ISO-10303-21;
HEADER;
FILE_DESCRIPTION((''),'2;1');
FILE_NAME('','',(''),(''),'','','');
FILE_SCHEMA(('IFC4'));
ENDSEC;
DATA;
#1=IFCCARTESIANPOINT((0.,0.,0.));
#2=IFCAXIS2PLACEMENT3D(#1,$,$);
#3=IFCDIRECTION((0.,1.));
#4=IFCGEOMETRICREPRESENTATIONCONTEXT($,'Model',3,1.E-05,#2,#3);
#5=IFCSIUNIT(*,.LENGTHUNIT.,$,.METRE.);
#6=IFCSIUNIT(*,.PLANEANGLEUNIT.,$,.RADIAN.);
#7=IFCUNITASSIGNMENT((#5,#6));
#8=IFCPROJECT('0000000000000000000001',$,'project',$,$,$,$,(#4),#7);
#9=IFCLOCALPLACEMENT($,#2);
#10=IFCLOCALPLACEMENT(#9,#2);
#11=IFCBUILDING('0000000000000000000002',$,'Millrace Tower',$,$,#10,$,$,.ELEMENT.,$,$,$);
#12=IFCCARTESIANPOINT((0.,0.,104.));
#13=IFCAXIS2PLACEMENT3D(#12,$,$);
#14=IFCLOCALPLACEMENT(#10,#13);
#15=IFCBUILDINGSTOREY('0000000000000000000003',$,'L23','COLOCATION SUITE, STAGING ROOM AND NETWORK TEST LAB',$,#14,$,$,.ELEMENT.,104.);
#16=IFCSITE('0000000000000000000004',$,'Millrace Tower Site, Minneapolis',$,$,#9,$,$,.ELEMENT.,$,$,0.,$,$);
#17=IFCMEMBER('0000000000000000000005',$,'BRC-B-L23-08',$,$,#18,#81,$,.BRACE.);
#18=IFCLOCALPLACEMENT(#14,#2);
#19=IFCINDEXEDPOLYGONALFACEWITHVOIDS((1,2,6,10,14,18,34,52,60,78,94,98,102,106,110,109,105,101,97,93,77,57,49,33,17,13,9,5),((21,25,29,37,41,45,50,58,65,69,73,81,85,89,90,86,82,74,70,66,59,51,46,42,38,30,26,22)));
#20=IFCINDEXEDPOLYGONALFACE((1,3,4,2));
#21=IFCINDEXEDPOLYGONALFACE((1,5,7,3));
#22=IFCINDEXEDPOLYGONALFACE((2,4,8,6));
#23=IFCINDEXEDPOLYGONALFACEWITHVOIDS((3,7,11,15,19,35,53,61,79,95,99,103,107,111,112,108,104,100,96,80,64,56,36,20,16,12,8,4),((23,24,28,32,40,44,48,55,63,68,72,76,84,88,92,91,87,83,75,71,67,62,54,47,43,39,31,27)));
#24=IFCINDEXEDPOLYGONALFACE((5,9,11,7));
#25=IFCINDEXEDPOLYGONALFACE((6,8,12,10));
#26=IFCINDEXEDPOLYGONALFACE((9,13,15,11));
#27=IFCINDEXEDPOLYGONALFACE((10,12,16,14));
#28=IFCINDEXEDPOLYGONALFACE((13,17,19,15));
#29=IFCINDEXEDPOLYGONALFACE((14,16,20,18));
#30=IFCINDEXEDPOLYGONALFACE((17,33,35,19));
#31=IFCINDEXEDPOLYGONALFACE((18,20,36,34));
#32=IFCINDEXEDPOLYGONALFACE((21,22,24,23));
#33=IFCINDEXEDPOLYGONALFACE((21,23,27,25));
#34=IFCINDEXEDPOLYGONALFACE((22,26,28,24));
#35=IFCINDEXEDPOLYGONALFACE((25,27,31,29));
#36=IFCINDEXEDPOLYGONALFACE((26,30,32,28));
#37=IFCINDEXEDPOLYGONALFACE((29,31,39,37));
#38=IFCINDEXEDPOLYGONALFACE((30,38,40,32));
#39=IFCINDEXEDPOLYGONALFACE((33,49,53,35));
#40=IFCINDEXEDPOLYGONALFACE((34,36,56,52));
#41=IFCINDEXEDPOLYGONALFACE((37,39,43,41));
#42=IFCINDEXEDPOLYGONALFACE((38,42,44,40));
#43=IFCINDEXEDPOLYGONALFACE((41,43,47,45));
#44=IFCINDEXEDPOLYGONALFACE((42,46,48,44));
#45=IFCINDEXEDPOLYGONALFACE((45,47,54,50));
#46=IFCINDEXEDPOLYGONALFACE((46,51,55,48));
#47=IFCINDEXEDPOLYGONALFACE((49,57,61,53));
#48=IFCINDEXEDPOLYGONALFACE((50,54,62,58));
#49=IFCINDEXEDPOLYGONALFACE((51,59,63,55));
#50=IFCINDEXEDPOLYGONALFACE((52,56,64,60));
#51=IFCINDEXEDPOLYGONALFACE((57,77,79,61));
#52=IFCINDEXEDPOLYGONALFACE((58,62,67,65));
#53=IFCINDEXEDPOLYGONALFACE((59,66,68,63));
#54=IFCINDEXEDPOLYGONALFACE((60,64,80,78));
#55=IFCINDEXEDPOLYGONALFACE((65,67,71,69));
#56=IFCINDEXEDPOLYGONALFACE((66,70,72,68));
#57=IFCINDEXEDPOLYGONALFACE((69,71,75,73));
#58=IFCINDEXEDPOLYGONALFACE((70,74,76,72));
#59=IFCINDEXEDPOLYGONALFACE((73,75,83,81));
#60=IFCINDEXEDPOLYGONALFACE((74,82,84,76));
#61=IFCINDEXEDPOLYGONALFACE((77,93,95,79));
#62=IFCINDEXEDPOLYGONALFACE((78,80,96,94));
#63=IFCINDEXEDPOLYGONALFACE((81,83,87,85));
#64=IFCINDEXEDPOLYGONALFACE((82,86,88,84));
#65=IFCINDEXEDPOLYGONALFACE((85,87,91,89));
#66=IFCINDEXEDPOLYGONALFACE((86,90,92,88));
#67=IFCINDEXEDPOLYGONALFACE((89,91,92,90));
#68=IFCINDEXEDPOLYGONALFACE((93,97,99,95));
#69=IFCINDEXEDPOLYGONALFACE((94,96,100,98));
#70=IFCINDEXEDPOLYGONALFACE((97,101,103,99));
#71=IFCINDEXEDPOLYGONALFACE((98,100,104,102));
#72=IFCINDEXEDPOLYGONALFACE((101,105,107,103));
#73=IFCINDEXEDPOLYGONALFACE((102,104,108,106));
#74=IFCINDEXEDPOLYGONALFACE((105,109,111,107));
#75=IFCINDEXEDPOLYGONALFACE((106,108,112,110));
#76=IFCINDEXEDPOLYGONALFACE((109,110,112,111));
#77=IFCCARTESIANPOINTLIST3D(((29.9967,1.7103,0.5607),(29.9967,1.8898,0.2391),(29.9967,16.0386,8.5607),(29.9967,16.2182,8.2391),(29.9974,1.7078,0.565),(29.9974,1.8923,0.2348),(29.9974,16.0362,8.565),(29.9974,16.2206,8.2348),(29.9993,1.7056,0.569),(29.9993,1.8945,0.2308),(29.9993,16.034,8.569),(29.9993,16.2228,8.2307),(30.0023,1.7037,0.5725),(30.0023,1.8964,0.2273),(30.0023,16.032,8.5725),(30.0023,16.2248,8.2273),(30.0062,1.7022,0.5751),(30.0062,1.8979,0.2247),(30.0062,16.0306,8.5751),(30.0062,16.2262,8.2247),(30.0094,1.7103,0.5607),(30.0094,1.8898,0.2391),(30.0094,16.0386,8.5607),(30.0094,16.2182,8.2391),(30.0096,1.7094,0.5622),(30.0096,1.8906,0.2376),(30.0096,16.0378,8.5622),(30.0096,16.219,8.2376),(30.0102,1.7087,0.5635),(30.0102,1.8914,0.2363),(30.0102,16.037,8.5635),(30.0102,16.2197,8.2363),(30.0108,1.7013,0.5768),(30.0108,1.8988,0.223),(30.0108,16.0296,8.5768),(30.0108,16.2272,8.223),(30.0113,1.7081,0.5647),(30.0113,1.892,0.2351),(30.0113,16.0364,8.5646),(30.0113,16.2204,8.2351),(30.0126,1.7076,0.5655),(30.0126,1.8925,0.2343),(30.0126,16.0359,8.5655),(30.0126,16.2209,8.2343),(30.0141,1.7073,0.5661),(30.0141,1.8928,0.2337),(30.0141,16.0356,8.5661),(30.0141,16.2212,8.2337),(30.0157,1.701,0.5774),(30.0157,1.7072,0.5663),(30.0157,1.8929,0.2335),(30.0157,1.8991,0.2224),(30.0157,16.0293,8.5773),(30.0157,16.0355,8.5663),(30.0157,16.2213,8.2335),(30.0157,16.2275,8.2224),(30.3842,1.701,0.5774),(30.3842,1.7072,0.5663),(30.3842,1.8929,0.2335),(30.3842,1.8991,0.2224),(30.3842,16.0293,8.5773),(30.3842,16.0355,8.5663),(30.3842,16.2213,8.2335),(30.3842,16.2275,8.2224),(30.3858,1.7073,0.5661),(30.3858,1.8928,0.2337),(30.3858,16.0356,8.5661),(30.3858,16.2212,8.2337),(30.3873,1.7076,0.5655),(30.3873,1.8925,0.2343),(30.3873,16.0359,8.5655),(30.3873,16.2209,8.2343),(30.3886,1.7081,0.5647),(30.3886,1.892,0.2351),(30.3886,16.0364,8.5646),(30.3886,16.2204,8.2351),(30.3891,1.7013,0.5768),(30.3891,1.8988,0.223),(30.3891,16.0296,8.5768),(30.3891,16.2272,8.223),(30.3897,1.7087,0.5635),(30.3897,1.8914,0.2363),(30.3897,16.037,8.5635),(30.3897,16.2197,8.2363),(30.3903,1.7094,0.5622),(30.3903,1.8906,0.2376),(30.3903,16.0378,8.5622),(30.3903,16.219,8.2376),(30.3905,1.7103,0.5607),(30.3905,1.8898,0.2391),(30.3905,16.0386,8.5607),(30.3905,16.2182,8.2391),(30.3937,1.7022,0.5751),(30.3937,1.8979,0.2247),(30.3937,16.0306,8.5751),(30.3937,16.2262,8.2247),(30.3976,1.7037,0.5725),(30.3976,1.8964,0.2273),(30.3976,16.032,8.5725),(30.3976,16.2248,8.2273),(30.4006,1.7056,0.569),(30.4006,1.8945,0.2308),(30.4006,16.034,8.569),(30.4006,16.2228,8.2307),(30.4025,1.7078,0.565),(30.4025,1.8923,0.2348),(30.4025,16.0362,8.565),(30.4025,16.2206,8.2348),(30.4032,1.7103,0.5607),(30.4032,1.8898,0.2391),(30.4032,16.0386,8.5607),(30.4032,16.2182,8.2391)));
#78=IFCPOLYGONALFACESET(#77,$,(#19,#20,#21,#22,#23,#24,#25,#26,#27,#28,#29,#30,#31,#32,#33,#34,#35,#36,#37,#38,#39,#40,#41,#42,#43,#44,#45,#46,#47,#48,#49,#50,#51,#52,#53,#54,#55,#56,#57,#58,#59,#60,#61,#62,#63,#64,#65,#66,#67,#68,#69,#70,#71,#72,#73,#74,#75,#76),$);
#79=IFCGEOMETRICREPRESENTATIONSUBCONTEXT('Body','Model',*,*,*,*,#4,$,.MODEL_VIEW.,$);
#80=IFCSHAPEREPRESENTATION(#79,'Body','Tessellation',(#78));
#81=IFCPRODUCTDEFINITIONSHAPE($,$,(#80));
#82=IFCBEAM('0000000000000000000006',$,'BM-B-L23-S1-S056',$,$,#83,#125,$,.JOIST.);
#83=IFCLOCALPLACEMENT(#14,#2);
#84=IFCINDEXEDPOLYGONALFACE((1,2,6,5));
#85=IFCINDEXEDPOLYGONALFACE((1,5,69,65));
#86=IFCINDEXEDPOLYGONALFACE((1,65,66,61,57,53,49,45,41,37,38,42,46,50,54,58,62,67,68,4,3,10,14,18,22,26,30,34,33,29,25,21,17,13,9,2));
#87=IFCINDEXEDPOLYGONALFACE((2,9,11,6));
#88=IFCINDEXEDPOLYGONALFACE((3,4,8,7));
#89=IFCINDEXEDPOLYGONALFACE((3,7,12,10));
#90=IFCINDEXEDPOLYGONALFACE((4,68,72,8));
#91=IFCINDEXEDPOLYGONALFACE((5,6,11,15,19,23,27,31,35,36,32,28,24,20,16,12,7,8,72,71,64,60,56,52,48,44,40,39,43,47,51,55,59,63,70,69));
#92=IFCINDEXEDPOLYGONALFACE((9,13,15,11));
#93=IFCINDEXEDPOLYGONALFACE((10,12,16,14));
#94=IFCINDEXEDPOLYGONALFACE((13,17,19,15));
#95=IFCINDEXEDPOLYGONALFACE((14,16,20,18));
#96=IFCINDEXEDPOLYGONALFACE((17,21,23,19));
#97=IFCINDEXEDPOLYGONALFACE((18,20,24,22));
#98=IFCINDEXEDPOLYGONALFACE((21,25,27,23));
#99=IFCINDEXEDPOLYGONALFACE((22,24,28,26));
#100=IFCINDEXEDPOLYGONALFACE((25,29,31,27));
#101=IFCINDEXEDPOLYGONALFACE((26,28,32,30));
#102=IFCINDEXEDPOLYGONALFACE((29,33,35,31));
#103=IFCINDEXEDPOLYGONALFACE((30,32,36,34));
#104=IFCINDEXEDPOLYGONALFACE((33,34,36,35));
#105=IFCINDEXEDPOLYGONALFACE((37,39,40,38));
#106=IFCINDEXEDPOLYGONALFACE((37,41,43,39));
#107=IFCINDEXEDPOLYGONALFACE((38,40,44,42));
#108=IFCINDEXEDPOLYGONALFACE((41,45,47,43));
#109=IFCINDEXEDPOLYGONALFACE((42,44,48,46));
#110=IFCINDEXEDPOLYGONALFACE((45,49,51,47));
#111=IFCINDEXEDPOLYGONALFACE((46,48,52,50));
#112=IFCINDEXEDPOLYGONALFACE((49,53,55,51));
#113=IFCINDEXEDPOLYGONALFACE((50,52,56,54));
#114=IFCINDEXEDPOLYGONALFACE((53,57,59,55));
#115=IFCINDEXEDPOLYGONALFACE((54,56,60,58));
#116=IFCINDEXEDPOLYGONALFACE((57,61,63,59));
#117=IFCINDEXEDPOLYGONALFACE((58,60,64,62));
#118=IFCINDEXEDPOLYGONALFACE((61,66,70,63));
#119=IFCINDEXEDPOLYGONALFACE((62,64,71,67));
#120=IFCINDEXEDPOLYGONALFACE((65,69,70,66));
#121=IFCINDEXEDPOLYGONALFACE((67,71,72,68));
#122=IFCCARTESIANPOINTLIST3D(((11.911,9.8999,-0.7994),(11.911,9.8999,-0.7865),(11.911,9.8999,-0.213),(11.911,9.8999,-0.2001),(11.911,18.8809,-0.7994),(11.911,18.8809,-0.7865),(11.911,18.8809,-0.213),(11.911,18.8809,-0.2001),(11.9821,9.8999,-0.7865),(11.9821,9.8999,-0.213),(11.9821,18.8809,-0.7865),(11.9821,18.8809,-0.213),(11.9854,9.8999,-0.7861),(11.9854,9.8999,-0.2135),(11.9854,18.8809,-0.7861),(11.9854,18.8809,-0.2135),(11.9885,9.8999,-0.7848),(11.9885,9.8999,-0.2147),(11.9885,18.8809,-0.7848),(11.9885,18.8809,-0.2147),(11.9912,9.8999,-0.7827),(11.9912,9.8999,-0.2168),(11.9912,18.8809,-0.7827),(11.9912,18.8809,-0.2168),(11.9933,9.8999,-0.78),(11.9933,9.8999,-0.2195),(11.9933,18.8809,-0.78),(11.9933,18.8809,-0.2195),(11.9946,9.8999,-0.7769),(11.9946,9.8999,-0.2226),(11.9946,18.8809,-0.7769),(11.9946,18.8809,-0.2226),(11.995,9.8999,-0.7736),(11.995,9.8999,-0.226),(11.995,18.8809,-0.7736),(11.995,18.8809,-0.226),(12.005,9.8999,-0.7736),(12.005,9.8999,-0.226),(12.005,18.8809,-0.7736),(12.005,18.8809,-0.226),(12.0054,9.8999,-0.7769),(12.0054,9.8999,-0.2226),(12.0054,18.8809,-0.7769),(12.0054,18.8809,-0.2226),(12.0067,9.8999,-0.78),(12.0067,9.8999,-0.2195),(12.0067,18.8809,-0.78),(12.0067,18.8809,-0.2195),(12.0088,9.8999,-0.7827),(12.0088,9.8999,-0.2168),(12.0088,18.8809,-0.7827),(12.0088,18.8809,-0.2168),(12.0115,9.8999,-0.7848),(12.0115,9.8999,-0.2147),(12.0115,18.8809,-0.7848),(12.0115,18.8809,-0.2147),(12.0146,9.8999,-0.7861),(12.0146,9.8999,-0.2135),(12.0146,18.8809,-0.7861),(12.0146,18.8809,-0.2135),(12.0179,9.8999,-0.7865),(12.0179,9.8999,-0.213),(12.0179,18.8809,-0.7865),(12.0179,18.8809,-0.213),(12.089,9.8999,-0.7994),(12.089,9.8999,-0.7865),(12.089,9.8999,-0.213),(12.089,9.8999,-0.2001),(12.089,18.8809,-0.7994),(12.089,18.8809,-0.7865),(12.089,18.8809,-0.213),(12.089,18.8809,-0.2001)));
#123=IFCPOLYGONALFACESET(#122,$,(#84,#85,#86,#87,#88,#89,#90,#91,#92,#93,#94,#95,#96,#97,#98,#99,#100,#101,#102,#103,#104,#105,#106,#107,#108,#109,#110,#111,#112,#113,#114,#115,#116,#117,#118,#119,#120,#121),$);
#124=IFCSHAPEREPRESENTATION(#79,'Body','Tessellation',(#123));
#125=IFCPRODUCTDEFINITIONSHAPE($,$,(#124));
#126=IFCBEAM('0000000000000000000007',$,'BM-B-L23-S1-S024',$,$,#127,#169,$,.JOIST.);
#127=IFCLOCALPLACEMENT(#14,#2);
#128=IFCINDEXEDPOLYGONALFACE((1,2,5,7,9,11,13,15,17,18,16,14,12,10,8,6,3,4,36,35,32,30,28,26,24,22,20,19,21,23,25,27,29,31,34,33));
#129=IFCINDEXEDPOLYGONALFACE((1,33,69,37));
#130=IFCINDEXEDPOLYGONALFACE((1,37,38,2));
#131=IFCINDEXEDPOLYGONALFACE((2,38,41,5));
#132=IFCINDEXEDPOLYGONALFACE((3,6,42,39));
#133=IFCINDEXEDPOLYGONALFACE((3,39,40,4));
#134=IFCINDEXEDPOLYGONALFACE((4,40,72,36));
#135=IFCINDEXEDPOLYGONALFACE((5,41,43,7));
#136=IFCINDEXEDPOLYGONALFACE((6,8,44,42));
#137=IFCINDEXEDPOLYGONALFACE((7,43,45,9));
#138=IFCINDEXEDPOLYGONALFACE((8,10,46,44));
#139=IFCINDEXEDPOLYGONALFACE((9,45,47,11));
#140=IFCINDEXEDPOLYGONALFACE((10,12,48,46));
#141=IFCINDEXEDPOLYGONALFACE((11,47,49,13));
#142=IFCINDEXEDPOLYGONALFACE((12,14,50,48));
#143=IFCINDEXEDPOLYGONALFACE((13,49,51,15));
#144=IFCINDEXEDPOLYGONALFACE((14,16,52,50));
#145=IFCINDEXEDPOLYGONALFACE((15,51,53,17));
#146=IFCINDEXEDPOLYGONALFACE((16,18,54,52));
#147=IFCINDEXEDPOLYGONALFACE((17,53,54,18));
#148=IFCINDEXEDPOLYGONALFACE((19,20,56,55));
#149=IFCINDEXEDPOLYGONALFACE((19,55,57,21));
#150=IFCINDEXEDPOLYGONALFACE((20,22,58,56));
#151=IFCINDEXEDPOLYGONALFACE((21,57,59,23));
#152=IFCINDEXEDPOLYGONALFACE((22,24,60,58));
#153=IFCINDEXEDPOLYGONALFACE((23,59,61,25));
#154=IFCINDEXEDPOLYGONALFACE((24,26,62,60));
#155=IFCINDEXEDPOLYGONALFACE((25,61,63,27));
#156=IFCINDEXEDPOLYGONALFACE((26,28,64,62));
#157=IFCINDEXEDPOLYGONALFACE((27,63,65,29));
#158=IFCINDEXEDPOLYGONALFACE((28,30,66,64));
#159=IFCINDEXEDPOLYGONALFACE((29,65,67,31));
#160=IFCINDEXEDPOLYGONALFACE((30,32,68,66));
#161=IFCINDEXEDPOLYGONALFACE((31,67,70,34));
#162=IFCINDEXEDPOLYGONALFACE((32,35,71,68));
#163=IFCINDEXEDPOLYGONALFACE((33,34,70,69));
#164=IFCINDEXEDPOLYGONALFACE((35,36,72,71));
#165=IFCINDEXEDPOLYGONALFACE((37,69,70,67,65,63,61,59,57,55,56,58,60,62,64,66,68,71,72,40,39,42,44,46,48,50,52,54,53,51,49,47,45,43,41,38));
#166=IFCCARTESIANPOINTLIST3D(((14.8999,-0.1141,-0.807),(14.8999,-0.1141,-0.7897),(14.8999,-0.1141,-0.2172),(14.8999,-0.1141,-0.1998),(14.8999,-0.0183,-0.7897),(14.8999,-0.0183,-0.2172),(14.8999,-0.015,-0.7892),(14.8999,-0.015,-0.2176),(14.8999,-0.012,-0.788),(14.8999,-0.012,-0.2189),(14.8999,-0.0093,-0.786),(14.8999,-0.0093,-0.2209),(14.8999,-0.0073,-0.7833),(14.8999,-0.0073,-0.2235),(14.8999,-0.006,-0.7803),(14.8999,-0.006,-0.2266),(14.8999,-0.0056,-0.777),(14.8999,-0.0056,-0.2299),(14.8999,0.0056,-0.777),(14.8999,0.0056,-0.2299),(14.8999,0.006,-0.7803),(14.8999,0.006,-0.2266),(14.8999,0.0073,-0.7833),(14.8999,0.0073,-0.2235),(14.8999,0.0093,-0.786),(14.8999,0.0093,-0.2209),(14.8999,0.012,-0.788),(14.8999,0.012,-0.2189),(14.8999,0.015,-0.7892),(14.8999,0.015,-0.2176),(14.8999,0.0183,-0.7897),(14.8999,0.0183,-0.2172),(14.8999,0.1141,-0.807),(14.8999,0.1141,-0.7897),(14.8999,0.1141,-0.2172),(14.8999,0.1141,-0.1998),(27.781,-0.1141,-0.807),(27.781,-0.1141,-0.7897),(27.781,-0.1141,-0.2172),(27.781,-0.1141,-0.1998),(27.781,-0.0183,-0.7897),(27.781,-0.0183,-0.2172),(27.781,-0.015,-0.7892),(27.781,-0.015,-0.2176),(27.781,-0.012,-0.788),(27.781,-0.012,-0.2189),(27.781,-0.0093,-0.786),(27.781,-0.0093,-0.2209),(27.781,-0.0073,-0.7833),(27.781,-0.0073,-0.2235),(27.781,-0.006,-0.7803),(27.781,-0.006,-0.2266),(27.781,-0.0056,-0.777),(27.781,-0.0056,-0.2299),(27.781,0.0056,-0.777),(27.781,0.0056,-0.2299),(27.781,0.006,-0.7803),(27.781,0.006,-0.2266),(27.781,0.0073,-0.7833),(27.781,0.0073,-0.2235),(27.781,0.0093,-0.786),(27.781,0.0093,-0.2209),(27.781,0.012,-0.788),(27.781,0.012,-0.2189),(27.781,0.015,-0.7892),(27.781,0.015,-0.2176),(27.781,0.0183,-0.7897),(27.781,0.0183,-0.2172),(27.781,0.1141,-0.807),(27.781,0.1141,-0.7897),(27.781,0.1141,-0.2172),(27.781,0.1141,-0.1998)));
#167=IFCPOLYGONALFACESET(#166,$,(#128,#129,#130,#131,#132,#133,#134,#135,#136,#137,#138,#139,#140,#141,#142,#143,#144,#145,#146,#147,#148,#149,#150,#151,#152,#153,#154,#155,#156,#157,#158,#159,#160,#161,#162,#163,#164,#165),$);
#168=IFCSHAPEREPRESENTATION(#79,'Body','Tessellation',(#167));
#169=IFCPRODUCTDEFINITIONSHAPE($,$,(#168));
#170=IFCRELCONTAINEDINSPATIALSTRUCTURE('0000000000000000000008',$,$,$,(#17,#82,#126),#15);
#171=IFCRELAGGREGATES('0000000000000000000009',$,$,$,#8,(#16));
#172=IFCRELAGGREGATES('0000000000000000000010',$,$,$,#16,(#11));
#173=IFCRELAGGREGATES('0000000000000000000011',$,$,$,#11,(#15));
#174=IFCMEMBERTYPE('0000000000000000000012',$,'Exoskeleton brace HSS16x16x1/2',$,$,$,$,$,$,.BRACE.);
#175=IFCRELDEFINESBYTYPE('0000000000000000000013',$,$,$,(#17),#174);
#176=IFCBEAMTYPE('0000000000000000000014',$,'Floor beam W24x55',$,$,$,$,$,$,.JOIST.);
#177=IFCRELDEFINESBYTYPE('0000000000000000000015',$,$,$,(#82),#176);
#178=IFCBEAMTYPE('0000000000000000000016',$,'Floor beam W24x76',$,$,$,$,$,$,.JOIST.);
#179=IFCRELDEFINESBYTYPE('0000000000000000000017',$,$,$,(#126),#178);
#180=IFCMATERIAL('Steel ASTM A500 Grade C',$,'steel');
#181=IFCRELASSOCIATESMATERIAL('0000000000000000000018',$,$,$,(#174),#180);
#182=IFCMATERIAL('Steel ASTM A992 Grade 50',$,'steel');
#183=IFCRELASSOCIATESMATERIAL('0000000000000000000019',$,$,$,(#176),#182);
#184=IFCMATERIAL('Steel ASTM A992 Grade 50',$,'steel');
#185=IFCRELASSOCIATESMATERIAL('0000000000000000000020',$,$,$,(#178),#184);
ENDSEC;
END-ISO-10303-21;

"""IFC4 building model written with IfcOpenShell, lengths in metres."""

from ifc_helpers import new_model, si_unit, direction, frame, origin, origin_2d, place, context, subcontext, project, spatial, hollow_rectangle, i_section, extrude, material, material_profile, profile_set, type_object, element, save


model = new_model("IFC4")

# Units and contexts
model_context = context("Model", 3, precision=1e-05, world=origin(), true_north=direction((0.0, 1.0)))
body_context = subcontext(model_context, "Body", "Model", "MODEL_VIEW")
ifc_project = project(units=[si_unit("LENGTHUNIT", "METRE"), si_unit("PLANEANGLEUNIT", "RADIAN")], contexts=[model_context])

# Site, building, storey
site_placement = place(None, origin())
site = spatial("IfcSite", under=ifc_project, at=site_placement, Name="Millrace Tower Site, Minneapolis", CompositionType="ELEMENT", RefElevation=0.0)
building_placement = place(site_placement, origin())
building = spatial("IfcBuilding", under=site, at=building_placement, Name="Millrace Tower", CompositionType="ELEMENT")
storey_placement = place(building_placement, frame((0.0, 0.0, 104.0)))
storey = spatial("IfcBuildingStorey", under=building, at=storey_placement, Name="L23", Description="COLOCATION SUITE, STAGING ROOM AND NETWORK TEST LAB", CompositionType="ELEMENT", Elevation=104.0)

# Member
ifc_material_1 = material(Name="Steel ASTM A500 Grade C", Category="steel")
ifc_material_profile_1 = material_profile(ifc_material_1, hollow_rectangle(XDim=0.4065, YDim=0.4065, WallThickness=0.0127, InnerFilletRadius=0.0063, OuterFilletRadius=0.019, at=origin_2d()))
ifc_profile_set_1 = profile_set([ifc_material_profile_1], Name="Steel ASTM A500 Grade C")
member_type_1 = type_object("IfcMemberType", Name="Exoskeleton brace HSS16x16x1/2", PredefinedType="BRACE", material=ifc_profile_set_1)
member_1_placement = place(storey_placement, frame((30.2, 1.8, 0.3999), z_axis=(0.0, 0.873126, 0.487495), x_axis=(-1.0, 0.0, 0.0)))
element("IfcMember", 1, at=member_1_placement, inside=storey, type_object=member_type_1, Name="BRC-B-L23-08", PredefinedType="BRACE", context=body_context, shape_type="SweptSolid", body=[
    extrude(hollow_rectangle(XDim=0.4065, YDim=0.4065, WallThickness=0.0127, InnerFilletRadius=0.0063, OuterFilletRadius=0.019, at=origin_2d()), origin(), (0.0, 0.0, 1.0), 16.4104),
])

# Beams
ifc_material_2 = material(Name="Steel ASTM A992 Grade 50", Category="steel")
ifc_material_profile_2 = material_profile(ifc_material_2, i_section(OverallWidth=0.178, OverallDepth=0.5994, WebThickness=0.01, FlangeThickness=0.0129, FilletRadius=0.0129, at=origin_2d()))
ifc_profile_set_2 = profile_set([ifc_material_profile_2], Name="Steel ASTM A992 Grade 50")
beam_type_1 = type_object("IfcBeamType", Name="Floor beam W24x55", PredefinedType="JOIST", material=ifc_profile_set_2)
beam_1_placement = place(storey_placement, frame((12.0, 9.8999, -0.4998), z_axis=(0.0, 1.0, 0.0), x_axis=(-1.0, 0.0, 0.0)))
element("IfcBeam", 2, at=beam_1_placement, inside=storey, type_object=beam_type_1, Name="BM-B-L23-S1-S056", PredefinedType="JOIST", context=body_context, shape_type="SweptSolid", body=[
    extrude(i_section(OverallWidth=0.178, OverallDepth=0.5994, WebThickness=0.01, FlangeThickness=0.0129, FilletRadius=0.0129, at=origin_2d()), origin(), (0.0, 0.0, 1.0), 8.981),
])
ifc_material_3 = material(Name="Steel ASTM A992 Grade 50", Category="steel")
ifc_material_profile_3 = material_profile(ifc_material_3, i_section(OverallWidth=0.2283, OverallDepth=0.6072, WebThickness=0.0112, FlangeThickness=0.0173, FilletRadius=0.0127, at=origin_2d()))
ifc_profile_set_3 = profile_set([ifc_material_profile_3], Name="Steel ASTM A992 Grade 50")
beam_type_2 = type_object("IfcBeamType", Name="Floor beam W24x76", PredefinedType="JOIST", material=ifc_profile_set_3)
for number, where, z_axis, x_axis, name in (
    (3, (14.8999, 0.0, -0.5034), (1.0, 0.0, 0.0), (0.0, 1.0, 0.0), "BM-B-L23-S1-S024"),
):
    element("IfcBeam", number, at=place(storey_placement, frame(where, z_axis=z_axis, x_axis=x_axis)), inside=storey, type_object=beam_type_2, Name=name, PredefinedType="JOIST", context=body_context, shape_type="SweptSolid", body=[
        extrude(i_section(OverallWidth=0.2283, OverallDepth=0.6072, WebThickness=0.0112, FlangeThickness=0.0173, FilletRadius=0.0127, at=origin_2d()), origin(), (0.0, 0.0, 1.0), 12.8811),
    ])

save(model, "model.ifc")
